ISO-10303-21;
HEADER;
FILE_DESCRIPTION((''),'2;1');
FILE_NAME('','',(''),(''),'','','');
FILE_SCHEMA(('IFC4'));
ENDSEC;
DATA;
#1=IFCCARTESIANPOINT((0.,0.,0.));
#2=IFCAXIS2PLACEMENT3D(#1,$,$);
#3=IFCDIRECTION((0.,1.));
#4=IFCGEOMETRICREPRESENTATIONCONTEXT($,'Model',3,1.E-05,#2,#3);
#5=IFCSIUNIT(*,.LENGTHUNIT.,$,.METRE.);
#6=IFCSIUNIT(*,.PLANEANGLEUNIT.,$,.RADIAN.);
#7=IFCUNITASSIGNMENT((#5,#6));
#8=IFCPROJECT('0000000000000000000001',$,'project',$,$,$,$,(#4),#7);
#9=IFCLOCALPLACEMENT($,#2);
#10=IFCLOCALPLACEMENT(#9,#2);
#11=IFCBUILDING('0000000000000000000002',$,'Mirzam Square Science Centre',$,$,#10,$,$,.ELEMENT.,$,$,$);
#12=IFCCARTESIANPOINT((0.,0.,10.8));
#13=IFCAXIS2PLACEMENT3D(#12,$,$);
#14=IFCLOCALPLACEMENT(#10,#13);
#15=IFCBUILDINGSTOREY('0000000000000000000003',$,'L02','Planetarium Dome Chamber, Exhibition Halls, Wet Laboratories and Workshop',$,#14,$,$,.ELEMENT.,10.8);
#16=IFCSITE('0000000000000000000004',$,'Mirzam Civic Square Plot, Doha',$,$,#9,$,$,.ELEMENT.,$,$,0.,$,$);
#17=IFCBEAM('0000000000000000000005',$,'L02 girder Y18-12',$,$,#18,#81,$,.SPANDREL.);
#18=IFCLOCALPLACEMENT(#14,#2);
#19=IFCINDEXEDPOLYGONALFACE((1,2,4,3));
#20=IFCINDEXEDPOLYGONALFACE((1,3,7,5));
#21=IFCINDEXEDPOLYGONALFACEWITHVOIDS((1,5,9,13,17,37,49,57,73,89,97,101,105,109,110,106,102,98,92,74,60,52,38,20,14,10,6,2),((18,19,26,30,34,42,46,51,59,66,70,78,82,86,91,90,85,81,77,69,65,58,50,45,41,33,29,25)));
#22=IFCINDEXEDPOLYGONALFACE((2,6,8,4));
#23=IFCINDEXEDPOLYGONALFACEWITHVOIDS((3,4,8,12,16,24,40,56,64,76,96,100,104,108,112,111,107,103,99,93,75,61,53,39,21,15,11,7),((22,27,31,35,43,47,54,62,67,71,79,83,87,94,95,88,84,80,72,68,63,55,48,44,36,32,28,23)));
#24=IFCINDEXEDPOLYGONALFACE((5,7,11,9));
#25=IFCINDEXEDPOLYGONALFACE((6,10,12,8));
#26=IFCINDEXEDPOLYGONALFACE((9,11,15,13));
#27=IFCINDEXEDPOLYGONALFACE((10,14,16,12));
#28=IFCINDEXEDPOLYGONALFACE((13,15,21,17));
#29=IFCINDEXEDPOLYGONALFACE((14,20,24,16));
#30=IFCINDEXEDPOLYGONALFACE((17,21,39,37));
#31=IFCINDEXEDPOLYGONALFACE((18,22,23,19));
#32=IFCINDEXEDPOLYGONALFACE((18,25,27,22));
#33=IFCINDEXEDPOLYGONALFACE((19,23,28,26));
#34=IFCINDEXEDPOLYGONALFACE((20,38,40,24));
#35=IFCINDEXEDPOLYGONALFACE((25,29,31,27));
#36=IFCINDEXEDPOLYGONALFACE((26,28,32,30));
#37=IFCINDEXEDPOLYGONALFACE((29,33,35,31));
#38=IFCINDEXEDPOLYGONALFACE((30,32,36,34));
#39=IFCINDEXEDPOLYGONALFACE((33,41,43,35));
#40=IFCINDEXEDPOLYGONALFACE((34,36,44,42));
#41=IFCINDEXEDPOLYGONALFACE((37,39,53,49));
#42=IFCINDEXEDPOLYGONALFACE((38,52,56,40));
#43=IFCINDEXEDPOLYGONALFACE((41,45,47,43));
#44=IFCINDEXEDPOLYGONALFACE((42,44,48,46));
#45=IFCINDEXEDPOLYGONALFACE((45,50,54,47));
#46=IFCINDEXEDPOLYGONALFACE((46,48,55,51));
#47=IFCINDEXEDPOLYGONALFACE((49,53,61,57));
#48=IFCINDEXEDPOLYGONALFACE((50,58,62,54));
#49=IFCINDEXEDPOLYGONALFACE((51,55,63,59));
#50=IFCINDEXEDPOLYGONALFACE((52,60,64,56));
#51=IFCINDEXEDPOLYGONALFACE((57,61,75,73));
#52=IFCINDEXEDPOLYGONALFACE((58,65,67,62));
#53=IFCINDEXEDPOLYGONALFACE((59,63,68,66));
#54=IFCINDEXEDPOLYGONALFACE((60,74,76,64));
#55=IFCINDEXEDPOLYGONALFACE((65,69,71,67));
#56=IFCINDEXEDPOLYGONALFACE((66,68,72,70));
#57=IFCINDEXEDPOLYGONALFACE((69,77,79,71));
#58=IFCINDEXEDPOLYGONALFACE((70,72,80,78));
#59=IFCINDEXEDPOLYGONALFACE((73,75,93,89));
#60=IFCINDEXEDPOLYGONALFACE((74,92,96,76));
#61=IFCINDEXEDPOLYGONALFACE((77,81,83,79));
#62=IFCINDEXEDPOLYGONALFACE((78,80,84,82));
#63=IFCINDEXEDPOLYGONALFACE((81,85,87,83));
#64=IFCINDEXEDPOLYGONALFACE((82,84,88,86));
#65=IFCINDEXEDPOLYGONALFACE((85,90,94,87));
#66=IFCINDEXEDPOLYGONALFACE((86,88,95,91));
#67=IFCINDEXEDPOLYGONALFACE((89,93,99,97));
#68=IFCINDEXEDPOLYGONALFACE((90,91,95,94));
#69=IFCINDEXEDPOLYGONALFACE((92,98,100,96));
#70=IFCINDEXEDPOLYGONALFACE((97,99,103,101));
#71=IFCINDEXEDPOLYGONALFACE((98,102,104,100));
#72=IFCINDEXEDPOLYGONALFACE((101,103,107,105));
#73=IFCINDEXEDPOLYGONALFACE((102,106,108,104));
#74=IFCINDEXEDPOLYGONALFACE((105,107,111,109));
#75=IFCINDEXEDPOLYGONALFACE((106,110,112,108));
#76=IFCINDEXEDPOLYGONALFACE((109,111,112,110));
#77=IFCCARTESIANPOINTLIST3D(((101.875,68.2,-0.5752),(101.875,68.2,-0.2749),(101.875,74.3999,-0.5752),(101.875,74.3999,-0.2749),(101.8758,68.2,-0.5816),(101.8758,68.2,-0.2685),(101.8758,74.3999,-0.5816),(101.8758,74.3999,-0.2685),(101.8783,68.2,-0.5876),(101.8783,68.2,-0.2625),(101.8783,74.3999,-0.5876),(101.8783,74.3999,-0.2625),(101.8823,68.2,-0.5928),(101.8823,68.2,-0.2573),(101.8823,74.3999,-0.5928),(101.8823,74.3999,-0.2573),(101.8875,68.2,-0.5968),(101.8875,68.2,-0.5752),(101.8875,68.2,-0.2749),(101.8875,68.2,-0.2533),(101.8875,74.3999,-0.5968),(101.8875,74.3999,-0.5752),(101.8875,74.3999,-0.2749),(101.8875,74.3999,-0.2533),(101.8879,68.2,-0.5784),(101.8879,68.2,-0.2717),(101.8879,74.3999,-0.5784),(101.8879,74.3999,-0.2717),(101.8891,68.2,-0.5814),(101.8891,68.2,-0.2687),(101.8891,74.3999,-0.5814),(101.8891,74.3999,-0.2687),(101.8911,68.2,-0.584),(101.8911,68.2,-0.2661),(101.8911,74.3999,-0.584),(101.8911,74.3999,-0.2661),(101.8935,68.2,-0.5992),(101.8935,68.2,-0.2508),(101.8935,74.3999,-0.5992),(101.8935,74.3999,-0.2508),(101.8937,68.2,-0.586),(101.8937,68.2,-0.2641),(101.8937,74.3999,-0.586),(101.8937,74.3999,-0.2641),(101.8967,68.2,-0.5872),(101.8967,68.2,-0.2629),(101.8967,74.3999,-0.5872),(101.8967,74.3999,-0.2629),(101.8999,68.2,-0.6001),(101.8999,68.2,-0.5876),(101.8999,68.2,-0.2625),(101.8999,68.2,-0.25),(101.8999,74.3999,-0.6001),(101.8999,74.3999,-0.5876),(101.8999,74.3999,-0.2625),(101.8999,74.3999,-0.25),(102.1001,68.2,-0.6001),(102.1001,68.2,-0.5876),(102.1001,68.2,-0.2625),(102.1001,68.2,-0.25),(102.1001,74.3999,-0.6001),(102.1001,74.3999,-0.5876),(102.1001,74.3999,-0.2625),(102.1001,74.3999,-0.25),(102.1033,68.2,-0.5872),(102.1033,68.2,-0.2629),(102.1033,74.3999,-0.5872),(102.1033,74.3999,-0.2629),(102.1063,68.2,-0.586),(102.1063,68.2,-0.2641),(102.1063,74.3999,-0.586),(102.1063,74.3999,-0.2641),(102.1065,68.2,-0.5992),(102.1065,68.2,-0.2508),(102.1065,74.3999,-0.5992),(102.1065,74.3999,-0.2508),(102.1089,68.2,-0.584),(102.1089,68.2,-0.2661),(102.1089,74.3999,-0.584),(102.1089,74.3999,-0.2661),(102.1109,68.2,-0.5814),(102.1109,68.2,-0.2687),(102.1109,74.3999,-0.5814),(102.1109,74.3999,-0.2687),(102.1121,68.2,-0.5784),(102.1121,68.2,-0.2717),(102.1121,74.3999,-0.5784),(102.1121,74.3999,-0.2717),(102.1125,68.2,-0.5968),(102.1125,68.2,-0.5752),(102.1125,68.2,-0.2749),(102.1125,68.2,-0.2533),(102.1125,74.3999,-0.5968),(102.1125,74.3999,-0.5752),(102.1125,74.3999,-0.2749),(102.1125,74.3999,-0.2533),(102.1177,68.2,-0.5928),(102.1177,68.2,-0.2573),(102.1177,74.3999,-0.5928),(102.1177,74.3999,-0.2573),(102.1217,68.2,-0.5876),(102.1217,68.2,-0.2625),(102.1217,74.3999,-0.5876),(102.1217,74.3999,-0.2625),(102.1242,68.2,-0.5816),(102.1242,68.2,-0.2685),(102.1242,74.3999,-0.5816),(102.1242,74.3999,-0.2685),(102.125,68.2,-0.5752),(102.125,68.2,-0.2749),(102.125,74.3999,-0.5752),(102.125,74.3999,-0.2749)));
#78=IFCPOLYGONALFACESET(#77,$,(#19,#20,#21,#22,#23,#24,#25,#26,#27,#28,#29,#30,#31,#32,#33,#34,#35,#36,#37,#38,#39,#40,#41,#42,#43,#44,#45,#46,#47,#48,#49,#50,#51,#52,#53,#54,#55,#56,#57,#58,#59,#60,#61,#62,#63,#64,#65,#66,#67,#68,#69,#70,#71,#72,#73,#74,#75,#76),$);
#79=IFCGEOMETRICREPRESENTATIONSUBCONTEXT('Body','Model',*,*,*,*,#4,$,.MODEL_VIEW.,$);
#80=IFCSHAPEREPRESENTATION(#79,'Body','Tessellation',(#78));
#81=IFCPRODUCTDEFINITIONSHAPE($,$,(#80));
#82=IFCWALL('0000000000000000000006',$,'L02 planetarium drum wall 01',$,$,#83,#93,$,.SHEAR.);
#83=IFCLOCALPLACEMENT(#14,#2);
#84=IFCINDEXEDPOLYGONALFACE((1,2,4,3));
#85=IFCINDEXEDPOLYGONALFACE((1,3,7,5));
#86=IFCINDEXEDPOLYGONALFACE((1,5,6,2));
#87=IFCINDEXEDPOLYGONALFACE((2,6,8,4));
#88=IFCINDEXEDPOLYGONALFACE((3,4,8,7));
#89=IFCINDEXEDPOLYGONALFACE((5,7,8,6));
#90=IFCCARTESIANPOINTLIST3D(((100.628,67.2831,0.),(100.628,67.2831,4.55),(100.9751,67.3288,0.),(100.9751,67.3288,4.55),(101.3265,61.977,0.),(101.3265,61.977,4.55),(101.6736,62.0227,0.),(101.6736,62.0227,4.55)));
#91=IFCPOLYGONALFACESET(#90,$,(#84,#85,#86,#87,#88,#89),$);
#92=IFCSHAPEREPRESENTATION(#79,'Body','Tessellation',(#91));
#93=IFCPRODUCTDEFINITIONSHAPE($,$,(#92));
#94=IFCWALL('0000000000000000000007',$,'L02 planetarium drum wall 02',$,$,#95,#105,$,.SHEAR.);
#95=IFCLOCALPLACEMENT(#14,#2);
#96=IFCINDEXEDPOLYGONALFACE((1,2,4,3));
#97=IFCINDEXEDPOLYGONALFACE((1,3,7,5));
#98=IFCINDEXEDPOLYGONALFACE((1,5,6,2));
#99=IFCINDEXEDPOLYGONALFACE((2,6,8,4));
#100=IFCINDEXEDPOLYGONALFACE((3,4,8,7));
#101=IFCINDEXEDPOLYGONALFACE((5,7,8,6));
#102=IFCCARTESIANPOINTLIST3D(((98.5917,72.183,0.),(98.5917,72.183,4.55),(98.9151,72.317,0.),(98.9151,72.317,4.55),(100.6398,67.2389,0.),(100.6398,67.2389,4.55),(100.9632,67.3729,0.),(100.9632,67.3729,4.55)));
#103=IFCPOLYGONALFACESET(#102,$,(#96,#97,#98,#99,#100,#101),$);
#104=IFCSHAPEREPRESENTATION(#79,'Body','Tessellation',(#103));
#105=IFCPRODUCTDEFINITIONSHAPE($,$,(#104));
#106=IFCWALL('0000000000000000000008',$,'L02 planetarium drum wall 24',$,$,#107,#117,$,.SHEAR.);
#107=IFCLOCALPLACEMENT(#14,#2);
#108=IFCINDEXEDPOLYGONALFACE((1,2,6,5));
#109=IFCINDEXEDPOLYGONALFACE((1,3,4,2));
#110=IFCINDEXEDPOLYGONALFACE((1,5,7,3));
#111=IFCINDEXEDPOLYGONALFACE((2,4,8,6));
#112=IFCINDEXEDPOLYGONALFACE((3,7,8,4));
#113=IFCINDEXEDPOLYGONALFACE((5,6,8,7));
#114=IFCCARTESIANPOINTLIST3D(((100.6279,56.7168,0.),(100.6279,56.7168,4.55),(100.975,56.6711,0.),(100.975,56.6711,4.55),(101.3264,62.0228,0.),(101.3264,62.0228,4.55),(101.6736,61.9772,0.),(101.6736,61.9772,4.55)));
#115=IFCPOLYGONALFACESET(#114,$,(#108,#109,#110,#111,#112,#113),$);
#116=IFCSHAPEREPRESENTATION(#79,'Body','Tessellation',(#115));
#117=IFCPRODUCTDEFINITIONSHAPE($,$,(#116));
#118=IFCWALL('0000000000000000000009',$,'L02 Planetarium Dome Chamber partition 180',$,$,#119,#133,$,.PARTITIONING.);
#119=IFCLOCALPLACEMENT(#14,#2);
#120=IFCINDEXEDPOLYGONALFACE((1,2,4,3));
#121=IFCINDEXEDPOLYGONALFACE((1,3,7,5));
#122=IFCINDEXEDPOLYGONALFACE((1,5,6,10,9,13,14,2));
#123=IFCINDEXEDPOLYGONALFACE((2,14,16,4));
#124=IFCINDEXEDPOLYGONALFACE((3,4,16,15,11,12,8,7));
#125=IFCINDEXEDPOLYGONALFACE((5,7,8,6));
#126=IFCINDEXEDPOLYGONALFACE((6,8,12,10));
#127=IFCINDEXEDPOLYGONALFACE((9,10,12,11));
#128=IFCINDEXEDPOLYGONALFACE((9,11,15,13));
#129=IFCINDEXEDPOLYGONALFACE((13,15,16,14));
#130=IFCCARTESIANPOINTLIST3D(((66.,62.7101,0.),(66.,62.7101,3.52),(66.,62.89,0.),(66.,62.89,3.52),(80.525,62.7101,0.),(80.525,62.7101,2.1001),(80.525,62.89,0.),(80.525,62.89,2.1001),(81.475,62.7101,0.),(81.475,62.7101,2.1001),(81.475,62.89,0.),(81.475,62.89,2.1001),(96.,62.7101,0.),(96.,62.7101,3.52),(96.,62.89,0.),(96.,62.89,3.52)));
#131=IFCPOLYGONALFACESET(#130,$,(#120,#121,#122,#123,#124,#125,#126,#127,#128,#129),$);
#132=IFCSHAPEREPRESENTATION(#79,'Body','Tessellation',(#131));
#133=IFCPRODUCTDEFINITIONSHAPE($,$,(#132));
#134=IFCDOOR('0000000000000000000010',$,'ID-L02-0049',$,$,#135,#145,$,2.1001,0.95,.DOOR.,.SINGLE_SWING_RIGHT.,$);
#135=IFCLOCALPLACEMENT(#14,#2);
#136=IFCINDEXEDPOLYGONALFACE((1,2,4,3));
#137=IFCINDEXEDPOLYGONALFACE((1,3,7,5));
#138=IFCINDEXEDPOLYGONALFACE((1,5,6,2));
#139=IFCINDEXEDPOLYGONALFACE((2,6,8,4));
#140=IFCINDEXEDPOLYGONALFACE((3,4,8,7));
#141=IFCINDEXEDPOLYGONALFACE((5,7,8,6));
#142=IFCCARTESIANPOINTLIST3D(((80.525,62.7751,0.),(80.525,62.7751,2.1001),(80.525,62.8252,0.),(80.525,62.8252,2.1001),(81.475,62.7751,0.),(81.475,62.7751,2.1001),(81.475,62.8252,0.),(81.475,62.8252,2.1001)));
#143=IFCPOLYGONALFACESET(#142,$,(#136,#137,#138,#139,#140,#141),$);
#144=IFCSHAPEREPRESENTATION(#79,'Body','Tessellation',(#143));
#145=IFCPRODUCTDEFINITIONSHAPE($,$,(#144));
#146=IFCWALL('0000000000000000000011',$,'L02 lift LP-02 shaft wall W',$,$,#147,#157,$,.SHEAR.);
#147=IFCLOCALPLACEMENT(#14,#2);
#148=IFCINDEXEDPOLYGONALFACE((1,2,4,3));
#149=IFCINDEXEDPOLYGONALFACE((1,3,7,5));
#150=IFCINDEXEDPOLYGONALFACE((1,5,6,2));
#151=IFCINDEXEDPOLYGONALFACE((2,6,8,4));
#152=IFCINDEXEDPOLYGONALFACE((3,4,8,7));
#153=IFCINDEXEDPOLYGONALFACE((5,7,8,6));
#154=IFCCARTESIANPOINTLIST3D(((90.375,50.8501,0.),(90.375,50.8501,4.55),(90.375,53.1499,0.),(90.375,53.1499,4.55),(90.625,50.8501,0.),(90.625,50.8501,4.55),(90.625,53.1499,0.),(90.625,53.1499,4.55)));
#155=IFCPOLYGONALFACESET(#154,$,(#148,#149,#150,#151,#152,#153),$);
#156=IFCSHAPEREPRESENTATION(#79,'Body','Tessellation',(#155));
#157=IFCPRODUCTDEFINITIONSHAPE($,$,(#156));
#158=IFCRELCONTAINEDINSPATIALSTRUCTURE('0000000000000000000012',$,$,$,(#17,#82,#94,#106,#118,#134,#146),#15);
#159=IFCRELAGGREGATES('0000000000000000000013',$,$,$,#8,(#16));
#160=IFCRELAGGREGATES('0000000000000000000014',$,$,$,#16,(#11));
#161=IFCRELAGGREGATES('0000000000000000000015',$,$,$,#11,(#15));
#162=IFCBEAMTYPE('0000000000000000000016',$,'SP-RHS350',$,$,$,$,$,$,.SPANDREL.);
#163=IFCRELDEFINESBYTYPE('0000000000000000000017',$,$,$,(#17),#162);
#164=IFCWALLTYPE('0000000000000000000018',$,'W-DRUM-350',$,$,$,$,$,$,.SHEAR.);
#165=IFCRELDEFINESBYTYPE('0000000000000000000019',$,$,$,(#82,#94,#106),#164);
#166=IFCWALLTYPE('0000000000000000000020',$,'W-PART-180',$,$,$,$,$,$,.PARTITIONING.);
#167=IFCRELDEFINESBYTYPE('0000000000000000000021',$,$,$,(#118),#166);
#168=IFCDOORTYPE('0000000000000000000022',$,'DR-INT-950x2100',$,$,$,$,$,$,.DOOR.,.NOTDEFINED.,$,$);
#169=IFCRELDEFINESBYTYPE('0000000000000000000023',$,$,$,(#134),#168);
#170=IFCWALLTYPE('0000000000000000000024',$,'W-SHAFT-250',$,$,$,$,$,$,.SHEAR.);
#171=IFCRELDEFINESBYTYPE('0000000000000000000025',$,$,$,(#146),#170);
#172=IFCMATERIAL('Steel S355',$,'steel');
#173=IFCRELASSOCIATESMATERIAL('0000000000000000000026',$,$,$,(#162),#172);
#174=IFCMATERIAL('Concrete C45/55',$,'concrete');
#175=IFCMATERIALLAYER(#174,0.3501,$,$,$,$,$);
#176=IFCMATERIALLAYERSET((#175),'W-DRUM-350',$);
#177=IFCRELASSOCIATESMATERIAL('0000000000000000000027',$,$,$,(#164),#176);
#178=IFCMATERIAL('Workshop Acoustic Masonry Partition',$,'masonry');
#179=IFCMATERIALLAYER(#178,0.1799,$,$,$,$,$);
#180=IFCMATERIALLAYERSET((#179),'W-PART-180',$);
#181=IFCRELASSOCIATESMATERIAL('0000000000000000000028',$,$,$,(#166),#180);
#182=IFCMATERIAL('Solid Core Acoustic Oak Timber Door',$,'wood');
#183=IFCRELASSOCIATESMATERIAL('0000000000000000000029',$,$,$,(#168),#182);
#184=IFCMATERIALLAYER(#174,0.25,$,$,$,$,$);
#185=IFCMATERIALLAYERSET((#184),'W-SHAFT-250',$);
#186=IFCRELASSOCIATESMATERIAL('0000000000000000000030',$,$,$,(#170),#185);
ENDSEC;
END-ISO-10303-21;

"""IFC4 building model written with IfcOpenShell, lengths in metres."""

from ifc_helpers import new_model, si_unit, direction, frame, frame_2d, origin, origin_2d, place, context, subcontext, project, spatial, rectangle, hollow_rectangle, extrude, material, layer, layer_set, material_profile, profile_set, type_object, element, fill, save


model = new_model("IFC4")

# Units and contexts
model_context = context("Model", 3, precision=1e-05, world=origin(), true_north=direction((0.0, 1.0)))
body_context = subcontext(model_context, "Body", "Model", "MODEL_VIEW")
ifc_project = project(units=[si_unit("LENGTHUNIT", "METRE"), si_unit("PLANEANGLEUNIT", "RADIAN")], contexts=[model_context])

# Site, building, storey
site_placement = place(None, origin())
site = spatial("IfcSite", under=ifc_project, at=site_placement, Name="Mirzam Civic Square Plot, Doha", CompositionType="ELEMENT", RefElevation=0.0)
building_placement = place(site_placement, origin())
building = spatial("IfcBuilding", under=site, at=building_placement, Name="Mirzam Square Science Centre", CompositionType="ELEMENT")
storey_placement = place(building_placement, frame((0.0, 0.0, 10.8)))
storey = spatial("IfcBuildingStorey", under=building, at=storey_placement, Name="L02", Description="Planetarium Dome Chamber, Exhibition Halls, Wet Laboratories and Workshop", CompositionType="ELEMENT", Elevation=10.8)

# Shared definitions
ifc_material_1 = material(Name="Steel S355", Category="steel")
ifc_material_2 = material(Name="Concrete C45/55", Category="concrete")

# Beam
ifc_material_profile_1 = material_profile(ifc_material_1, hollow_rectangle(XDim=0.25, YDim=0.3501, WallThickness=0.0125, InnerFilletRadius=0.0125, OuterFilletRadius=0.0249, at=origin_2d()), Name="350x250x12.5RHS")
ifc_profile_set_1 = profile_set([ifc_material_profile_1], Name="Steel S355")
beam_type_1 = type_object("IfcBeamType", Name="SP-RHS350", PredefinedType="SPANDREL", material=ifc_profile_set_1)
beam_1_placement = place(storey_placement, frame((102.0, 68.2, -0.425), z_axis=(0.0, 1.0, 0.0), x_axis=(-1.0, 0.0, 0.0)))
element("IfcBeam", 1, at=beam_1_placement, inside=storey, type_object=beam_type_1, Name="L02 girder Y18-12", PredefinedType="SPANDREL", context=body_context, shape_type="SweptSolid", body=[
    extrude(hollow_rectangle(XDim=0.25, YDim=0.3501, WallThickness=0.0125, InnerFilletRadius=0.0125, OuterFilletRadius=0.0249, at=origin_2d()), origin(), (0.0, 0.0, 1.0), 6.2),
])

# Walls
ifc_layer_1 = layer(ifc_material_2, 0.3501)
ifc_layer_set_1 = layer_set([ifc_layer_1], Name="W-DRUM-350")
wall_type_1 = type_object("IfcWallType", Name="W-DRUM-350", PredefinedType="SHEAR", material=ifc_layer_set_1)
wall_1_placement = place(storey_placement, frame((101.5, 62.0, 0.0), z_axis=(0.0, 0.0, 1.0), x_axis=(-0.130517, 0.991446, 0.0)))
element("IfcWall", 2, at=wall_1_placement, inside=storey, type_object=wall_type_1, Name="L02 planetarium drum wall 01", PredefinedType="SHEAR", context=body_context, shape_type="SweptSolid", body=[
    extrude(rectangle(XDim=5.3518, YDim=0.3501, at=frame_2d((2.6758, 0.0))), origin(), (0.0, 0.0, 1.0), 4.55),
])
wall_2_placement = place(storey_placement, frame((100.8015, 67.3059, 0.0), z_axis=(0.0, 0.0, 1.0), x_axis=(-0.382713, 0.923867, 0.0)))
element("IfcWall", 3, at=wall_2_placement, inside=storey, type_object=wall_type_1, Name="L02 planetarium drum wall 02", PredefinedType="SHEAR", context=body_context, shape_type="SweptSolid", body=[
    extrude(rectangle(XDim=5.3516, YDim=0.3501, at=frame_2d((2.6758, 0.0))), origin(), (0.0, 0.0, 1.0), 4.55),
])
wall_3_placement = place(storey_placement, frame((100.8015, 56.6941, 0.0), z_axis=(0.0, 0.0, 1.0), x_axis=(0.130517, 0.991446, 0.0)))
element("IfcWall", 4, at=wall_3_placement, inside=storey, type_object=wall_type_1, Name="L02 planetarium drum wall 24", PredefinedType="SHEAR", context=body_context, shape_type="SweptSolid", body=[
    extrude(rectangle(XDim=5.3518, YDim=0.3501, at=frame_2d((2.6758, 0.0))), origin(), (0.0, 0.0, 1.0), 4.55),
])

# Wall, opening, door
ifc_material_3 = material(Name="Workshop Acoustic Masonry Partition", Category="masonry")
ifc_layer_2 = layer(ifc_material_3, 0.1799)
ifc_layer_set_2 = layer_set([ifc_layer_2], Name="W-PART-180")
wall_type_2 = type_object("IfcWallType", Name="W-PART-180", PredefinedType="PARTITIONING", material=ifc_layer_set_2)
wall_4_placement = place(storey_placement, frame((96.0, 62.8, 0.0), z_axis=(0.0, 0.0, 1.0), x_axis=(-1.0, 0.0, 0.0)))
wall_4 = element("IfcWall", 5, at=wall_4_placement, inside=storey, type_object=wall_type_2, Name="L02 Planetarium Dome Chamber partition 180", PredefinedType="PARTITIONING", context=body_context, shape_type="SweptSolid", body=[
    extrude(rectangle(XDim=30.0, YDim=0.1799, at=frame_2d((15.0, 0.0))), origin(), (0.0, 0.0, 1.0), 3.52),
])
opening_1_placement = place(wall_4_placement, frame((14.5249, 0.0, 0.0)))
opening_1 = element("IfcOpeningElement", 6, at=opening_1_placement, cuts=wall_4, PredefinedType="OPENING", context=body_context, shape_type="SweptSolid", body=[
    extrude(rectangle(XDim=0.95, YDim=2.1001, at=frame_2d((0.4751, 1.05))), frame((0.0, 0.0999, 0.0), z_axis=(0.0, -1.0, 0.0), x_axis=(1.0, 0.0, 0.0)), (0.0, 0.0, 1.0), 0.2),
])
ifc_material_4 = material(Name="Solid Core Acoustic Oak Timber Door", Category="wood")
door_type_1 = type_object("IfcDoorType", Name="DR-INT-950x2100", OperationType="NOTDEFINED", PredefinedType="DOOR", material=ifc_material_4)
door_1_placement = place(opening_1_placement, origin())
door_1 = element("IfcDoor", 7, at=door_1_placement, inside=storey, type_object=door_type_1, Name="ID-L02-0049", OperationType="SINGLE_SWING_RIGHT", OverallHeight=2.1001, OverallWidth=0.95, PredefinedType="DOOR", context=body_context, shape_type="SweptSolid", body=[
    extrude(rectangle(XDim=0.95, YDim=2.1001, at=frame_2d((0.4751, 1.05))), frame((0.0, 0.0249, 0.0), z_axis=(0.0, -1.0, 0.0), x_axis=(1.0, 0.0, 0.0)), (0.0, 0.0, 1.0), 0.05),
])
fill(opening_1, door_1)
ifc_layer_3 = layer(ifc_material_2, 0.25)
ifc_layer_set_3 = layer_set([ifc_layer_3], Name="W-SHAFT-250")
wall_type_3 = type_object("IfcWallType", Name="W-SHAFT-250", PredefinedType="SHEAR", material=ifc_layer_set_3)

# Wall
wall_5_placement = place(storey_placement, frame((90.5, 53.1499, 0.0), z_axis=(0.0, 0.0, 1.0), x_axis=(0.0, -1.0, 0.0)))
element("IfcWall", 8, at=wall_5_placement, inside=storey, type_object=wall_type_3, Name="L02 lift LP-02 shaft wall W", PredefinedType="SHEAR", context=body_context, shape_type="SweptSolid", body=[
    extrude(rectangle(XDim=2.2998, YDim=0.25, at=frame_2d((1.1499, 0.0))), origin(), (0.0, 0.0, 1.0), 4.55),
])

save(model, "model.ifc")
